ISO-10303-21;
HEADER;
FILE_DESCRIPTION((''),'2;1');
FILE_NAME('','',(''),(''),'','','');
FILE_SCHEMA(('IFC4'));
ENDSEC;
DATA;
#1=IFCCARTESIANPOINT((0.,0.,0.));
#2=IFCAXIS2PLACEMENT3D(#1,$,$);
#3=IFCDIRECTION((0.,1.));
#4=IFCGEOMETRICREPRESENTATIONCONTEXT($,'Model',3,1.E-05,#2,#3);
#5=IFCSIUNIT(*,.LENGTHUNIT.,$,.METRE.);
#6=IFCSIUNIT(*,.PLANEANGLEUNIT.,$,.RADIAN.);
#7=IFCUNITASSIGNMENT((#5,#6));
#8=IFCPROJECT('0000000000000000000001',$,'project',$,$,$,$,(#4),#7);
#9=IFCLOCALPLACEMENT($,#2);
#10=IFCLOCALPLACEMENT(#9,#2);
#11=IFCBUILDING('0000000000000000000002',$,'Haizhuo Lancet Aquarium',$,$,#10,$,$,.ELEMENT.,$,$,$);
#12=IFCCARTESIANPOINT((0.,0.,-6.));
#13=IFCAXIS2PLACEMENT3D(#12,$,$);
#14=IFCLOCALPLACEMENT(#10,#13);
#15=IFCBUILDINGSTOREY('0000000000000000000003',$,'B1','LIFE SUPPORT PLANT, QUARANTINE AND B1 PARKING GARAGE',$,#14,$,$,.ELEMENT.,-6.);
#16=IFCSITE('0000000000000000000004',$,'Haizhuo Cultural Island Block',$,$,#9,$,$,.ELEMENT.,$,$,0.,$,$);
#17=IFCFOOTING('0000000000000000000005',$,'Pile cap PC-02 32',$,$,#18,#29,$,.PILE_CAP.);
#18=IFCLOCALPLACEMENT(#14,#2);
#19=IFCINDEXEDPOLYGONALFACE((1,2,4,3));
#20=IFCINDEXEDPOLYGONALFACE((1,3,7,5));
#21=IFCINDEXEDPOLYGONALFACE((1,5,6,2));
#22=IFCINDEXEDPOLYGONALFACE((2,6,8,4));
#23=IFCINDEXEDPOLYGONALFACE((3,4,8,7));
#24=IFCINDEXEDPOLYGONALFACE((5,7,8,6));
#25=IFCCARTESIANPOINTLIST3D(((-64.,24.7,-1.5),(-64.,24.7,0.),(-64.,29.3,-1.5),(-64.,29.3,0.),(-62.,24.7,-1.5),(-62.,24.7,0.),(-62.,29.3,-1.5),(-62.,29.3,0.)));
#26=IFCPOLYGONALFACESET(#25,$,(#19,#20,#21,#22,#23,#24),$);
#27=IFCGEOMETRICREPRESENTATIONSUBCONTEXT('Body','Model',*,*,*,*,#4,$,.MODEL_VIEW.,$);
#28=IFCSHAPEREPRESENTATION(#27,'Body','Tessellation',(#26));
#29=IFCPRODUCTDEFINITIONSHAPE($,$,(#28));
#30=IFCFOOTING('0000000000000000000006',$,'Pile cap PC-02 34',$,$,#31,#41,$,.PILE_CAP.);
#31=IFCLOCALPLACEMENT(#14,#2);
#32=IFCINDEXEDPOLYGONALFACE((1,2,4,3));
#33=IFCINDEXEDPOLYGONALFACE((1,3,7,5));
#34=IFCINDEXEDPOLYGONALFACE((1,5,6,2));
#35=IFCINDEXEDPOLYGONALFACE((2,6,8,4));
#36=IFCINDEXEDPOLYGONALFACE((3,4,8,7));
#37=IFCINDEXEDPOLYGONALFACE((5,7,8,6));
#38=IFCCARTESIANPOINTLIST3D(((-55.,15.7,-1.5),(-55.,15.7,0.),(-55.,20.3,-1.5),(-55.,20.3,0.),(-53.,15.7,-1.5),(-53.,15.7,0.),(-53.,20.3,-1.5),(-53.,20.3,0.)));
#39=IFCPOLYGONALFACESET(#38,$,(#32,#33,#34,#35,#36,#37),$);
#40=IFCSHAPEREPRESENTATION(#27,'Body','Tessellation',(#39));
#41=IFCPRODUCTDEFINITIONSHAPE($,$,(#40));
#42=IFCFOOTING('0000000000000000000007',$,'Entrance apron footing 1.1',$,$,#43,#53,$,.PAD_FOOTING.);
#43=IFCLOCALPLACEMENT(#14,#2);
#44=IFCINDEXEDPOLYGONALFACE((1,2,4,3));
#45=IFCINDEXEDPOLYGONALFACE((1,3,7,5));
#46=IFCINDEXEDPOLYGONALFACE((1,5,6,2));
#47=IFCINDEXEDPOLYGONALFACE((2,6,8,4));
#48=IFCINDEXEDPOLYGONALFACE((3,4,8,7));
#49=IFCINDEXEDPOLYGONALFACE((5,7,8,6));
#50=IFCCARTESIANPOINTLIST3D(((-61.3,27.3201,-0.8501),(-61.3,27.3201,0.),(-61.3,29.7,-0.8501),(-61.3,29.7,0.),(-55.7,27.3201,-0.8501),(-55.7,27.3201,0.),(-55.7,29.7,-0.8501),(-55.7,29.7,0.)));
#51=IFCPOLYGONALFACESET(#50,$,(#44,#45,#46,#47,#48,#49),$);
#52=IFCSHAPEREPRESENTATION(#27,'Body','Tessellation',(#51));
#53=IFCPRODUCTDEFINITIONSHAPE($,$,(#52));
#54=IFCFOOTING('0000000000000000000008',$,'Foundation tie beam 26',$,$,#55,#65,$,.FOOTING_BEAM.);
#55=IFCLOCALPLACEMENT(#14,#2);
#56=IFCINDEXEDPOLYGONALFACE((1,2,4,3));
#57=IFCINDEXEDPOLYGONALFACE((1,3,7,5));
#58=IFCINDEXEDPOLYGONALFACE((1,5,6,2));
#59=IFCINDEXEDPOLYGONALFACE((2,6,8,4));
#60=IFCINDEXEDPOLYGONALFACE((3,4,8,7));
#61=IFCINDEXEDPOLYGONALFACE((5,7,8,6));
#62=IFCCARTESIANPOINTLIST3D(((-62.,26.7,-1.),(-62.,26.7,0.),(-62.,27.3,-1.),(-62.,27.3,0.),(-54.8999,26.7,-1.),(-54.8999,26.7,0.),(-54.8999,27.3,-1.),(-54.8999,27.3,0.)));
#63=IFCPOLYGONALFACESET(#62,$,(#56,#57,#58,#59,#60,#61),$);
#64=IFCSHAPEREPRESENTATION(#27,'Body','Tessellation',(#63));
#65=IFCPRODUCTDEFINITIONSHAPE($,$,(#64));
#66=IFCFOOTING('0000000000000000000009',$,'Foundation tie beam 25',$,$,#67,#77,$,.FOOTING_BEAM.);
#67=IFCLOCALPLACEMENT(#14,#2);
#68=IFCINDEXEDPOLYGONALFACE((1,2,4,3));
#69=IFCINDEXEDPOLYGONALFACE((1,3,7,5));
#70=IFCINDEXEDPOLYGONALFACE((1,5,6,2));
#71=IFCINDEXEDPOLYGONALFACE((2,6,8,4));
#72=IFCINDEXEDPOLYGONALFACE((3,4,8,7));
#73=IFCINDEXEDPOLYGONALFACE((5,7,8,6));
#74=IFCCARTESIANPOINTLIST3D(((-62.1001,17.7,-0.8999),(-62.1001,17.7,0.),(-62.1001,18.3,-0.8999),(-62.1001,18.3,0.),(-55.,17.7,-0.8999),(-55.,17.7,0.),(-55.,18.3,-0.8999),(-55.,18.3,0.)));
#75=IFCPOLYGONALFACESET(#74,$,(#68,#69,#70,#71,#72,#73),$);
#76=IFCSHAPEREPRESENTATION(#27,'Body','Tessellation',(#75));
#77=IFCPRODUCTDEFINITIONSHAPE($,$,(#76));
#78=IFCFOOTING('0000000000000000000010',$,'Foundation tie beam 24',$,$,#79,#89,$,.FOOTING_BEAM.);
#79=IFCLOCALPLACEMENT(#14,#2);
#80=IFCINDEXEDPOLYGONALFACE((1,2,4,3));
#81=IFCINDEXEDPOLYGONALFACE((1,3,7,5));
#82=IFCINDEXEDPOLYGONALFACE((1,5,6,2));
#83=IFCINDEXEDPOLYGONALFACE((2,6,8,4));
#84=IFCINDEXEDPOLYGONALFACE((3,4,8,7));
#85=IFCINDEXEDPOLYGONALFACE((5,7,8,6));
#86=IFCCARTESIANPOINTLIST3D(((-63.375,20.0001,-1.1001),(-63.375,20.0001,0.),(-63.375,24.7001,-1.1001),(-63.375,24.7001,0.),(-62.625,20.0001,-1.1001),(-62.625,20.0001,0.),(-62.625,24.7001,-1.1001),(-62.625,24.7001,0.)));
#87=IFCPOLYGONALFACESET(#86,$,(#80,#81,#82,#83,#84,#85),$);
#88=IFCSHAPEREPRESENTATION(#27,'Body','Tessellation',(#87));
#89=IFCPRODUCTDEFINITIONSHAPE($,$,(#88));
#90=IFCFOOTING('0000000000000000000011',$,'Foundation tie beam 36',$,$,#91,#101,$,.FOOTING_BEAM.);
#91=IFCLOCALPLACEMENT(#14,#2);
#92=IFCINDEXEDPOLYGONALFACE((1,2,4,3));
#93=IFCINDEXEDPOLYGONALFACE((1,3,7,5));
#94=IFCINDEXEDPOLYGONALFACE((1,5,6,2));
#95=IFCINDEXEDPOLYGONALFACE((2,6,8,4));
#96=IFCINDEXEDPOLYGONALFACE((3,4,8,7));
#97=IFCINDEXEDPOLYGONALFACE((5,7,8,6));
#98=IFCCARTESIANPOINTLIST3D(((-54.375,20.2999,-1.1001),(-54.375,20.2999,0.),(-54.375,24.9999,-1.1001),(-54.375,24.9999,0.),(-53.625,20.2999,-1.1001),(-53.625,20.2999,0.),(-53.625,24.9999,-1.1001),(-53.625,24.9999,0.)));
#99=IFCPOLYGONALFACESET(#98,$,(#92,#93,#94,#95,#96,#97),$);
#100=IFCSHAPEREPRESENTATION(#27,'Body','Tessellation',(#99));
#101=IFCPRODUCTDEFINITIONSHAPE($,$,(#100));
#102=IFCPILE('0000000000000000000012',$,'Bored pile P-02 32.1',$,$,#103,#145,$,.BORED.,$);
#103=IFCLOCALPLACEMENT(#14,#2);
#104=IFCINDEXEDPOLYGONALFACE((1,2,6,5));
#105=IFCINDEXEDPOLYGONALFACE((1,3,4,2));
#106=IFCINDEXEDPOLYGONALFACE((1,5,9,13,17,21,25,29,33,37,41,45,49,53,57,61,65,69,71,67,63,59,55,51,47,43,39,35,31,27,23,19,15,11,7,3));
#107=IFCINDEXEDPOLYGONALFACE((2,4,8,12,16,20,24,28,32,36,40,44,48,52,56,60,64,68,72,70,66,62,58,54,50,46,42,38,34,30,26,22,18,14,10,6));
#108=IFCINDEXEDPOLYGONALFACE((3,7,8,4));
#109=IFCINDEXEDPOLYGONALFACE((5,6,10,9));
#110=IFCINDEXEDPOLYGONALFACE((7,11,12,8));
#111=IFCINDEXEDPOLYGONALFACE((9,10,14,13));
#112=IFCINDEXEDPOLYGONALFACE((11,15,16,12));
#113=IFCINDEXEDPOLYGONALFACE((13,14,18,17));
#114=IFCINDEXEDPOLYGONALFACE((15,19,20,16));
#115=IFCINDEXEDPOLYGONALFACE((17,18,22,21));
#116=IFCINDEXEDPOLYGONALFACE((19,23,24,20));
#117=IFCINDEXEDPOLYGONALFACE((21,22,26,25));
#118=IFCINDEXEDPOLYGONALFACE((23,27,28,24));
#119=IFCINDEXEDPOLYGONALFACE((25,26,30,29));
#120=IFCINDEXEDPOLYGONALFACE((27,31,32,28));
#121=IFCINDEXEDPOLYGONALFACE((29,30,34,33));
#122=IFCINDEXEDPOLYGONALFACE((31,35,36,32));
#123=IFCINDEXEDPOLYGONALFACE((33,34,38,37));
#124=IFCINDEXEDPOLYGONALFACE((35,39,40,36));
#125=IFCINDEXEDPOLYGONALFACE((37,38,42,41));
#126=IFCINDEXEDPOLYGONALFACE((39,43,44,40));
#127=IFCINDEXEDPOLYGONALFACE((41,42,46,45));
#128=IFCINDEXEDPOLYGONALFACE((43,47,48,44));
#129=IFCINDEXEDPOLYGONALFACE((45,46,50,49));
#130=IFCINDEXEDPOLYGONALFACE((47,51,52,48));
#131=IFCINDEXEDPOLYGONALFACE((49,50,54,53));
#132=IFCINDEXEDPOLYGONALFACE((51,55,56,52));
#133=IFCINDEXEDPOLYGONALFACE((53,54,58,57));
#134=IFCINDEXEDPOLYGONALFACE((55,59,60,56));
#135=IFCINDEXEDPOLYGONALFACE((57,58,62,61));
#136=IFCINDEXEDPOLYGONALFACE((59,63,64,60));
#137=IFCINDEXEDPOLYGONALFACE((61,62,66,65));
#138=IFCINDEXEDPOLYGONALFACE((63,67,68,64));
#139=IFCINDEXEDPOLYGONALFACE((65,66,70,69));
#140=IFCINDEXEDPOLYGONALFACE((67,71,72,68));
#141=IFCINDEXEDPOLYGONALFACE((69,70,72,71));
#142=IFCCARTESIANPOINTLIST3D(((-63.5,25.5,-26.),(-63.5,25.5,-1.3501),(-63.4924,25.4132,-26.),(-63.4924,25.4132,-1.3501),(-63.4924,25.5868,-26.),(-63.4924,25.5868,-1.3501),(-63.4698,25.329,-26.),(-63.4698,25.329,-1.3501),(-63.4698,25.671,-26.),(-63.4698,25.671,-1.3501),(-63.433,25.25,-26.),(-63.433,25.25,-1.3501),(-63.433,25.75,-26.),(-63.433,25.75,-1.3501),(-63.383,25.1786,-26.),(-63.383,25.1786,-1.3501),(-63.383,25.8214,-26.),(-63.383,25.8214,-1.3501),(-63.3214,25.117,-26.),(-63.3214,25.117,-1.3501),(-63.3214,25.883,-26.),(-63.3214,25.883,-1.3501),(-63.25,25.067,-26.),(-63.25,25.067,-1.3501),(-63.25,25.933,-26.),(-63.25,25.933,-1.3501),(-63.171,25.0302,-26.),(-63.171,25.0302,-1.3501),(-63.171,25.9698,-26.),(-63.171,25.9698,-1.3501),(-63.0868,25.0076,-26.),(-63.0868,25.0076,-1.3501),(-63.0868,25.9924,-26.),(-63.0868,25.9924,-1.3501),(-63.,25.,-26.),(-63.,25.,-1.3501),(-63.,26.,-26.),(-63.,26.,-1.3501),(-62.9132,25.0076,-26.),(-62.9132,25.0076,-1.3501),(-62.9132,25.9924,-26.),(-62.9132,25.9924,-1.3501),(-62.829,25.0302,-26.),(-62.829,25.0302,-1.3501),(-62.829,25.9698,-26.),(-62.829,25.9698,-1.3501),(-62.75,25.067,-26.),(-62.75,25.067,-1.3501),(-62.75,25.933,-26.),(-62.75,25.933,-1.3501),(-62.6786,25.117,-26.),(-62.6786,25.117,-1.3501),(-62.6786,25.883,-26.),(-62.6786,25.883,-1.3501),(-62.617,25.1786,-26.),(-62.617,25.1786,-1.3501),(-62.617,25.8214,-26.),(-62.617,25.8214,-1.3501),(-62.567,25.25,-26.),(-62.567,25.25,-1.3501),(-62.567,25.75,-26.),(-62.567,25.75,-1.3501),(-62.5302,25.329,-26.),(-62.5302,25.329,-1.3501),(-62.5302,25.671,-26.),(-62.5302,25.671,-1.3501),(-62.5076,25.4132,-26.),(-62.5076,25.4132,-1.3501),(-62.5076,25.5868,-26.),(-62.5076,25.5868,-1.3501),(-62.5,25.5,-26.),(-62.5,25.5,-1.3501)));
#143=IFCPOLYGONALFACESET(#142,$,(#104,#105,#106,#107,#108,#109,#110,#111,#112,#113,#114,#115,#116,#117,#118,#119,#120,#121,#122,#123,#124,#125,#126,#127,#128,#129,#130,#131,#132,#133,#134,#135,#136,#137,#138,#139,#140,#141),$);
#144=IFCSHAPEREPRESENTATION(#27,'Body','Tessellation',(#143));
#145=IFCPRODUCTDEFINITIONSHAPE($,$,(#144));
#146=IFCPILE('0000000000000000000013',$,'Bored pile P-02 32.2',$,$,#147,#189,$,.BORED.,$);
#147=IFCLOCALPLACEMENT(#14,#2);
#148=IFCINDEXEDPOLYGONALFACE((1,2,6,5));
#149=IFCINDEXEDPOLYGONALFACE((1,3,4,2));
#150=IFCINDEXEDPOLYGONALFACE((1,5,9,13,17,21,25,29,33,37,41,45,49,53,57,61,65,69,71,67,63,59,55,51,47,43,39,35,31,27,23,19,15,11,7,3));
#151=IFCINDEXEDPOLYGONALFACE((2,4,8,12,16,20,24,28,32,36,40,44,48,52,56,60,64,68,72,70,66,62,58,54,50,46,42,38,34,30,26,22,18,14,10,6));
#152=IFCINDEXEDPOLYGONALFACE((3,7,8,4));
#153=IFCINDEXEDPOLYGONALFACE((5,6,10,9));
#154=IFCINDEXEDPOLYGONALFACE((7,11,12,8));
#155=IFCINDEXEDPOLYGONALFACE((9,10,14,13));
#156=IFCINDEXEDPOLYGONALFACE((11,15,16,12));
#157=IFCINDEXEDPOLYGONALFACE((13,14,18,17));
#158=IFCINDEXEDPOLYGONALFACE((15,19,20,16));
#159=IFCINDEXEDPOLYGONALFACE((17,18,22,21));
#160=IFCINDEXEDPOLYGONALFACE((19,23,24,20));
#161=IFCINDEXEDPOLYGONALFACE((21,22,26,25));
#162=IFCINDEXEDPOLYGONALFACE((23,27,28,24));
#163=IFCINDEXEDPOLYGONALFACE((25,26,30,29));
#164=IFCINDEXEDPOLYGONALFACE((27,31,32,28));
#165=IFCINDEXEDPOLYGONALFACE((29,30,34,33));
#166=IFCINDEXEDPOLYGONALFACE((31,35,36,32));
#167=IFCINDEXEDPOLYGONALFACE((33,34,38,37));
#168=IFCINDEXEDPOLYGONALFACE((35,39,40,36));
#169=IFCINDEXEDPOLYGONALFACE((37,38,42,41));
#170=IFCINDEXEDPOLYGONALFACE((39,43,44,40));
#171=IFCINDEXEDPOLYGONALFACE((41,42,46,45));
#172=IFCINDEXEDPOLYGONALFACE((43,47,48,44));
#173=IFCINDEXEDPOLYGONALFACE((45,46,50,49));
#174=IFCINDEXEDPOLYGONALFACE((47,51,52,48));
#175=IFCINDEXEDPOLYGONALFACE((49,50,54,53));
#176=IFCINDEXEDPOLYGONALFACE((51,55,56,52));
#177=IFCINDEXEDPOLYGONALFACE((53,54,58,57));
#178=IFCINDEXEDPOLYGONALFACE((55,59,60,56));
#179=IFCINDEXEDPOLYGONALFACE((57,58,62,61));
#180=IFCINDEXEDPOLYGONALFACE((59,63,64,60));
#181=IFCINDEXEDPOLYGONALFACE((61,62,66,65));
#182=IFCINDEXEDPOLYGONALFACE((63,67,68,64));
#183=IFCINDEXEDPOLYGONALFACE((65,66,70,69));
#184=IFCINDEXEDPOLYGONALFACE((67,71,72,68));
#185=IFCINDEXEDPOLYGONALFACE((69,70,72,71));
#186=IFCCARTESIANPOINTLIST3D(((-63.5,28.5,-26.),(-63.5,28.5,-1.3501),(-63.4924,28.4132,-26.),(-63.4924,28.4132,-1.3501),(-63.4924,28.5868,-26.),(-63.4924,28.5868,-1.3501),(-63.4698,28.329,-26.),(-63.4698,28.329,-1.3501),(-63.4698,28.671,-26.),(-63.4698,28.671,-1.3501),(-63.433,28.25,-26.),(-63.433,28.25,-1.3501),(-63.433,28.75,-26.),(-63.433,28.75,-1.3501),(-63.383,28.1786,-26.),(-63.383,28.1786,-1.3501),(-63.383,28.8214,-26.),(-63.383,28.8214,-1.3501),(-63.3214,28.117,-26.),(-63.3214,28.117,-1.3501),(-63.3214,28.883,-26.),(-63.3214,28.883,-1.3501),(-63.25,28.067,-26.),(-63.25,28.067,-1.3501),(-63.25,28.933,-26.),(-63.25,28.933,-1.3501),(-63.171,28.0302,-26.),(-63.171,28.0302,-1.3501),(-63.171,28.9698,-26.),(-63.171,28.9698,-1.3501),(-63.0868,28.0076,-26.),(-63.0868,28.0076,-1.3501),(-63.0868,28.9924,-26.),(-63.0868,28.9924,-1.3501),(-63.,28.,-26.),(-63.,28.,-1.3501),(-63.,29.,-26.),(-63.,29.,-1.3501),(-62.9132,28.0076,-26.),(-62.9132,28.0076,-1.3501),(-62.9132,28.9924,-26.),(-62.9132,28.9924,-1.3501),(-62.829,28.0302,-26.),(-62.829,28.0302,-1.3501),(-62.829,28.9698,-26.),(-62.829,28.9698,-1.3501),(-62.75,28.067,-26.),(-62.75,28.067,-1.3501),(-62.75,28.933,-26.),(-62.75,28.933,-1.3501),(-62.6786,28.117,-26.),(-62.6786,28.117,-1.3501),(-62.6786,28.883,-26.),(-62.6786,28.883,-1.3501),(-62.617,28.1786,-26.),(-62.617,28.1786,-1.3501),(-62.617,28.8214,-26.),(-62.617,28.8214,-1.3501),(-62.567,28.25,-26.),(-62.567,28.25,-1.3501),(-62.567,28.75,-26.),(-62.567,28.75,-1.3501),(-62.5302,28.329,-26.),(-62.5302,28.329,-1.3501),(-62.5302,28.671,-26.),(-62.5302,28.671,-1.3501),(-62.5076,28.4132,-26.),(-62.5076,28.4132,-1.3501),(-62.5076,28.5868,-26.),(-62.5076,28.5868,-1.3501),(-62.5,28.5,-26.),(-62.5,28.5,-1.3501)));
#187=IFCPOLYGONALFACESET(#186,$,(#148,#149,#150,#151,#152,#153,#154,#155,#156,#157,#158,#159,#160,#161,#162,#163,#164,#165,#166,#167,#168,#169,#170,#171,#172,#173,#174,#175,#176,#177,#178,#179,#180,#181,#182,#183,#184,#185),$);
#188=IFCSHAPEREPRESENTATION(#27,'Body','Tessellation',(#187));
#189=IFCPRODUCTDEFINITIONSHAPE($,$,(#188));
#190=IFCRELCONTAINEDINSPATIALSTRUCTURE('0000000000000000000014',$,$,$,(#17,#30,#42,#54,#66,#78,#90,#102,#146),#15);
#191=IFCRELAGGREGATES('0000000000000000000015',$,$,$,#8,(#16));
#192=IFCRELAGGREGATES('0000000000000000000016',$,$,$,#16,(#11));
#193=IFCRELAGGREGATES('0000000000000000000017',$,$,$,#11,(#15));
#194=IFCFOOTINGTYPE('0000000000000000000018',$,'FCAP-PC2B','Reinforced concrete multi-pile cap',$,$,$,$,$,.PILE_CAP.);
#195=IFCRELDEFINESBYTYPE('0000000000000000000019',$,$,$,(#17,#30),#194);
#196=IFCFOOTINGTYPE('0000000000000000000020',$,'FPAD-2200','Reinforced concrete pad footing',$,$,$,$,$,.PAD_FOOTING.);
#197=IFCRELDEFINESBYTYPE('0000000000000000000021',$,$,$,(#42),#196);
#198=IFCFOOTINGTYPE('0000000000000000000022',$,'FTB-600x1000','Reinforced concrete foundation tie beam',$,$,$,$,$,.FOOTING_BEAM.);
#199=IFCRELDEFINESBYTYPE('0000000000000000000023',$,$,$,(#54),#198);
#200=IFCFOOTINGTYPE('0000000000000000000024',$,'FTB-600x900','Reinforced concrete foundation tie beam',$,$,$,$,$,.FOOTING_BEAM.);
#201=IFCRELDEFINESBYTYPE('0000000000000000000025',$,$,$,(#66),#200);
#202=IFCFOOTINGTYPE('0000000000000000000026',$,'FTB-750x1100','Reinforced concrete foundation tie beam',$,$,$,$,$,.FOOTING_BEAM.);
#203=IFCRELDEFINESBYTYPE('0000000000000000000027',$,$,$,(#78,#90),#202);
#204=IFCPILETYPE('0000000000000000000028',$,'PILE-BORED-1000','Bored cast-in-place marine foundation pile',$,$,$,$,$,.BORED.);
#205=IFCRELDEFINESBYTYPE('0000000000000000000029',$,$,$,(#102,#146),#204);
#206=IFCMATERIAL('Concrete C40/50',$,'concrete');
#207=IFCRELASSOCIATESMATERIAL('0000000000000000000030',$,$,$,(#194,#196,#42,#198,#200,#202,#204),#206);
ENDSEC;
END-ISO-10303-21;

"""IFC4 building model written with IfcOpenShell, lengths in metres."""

from ifc_helpers import new_model, si_unit, direction, frame, origin, origin_2d, place, context, subcontext, project, spatial, rectangle, circle, extrude, material, material_profile, profile_set, type_object, element, save


model = new_model("IFC4")

# Units and contexts
model_context = context("Model", 3, precision=1e-05, world=origin(), true_north=direction((0.0, 1.0)))
body_context = subcontext(model_context, "Body", "Model", "MODEL_VIEW")
ifc_project = project(units=[si_unit("LENGTHUNIT", "METRE"), si_unit("PLANEANGLEUNIT", "RADIAN")], contexts=[model_context])

# Site, building, storey
site_placement = place(None, origin())
site = spatial("IfcSite", under=ifc_project, at=site_placement, Name="Haizhuo Cultural Island Block", CompositionType="ELEMENT", RefElevation=0.0)
building_placement = place(site_placement, origin())
building = spatial("IfcBuilding", under=site, at=building_placement, Name="Haizhuo Lancet Aquarium", CompositionType="ELEMENT")
storey_placement = place(building_placement, frame((0.0, 0.0, -6.0)))
storey = spatial("IfcBuildingStorey", under=building, at=storey_placement, Name="B1", Description="LIFE SUPPORT PLANT, QUARANTINE AND B1 PARKING GARAGE", CompositionType="ELEMENT", Elevation=-6.0)

# Footings
ifc_material_1 = material(Name="Concrete C40/50", Category="concrete")
footing_type_1 = type_object("IfcFootingType", Name="FCAP-PC2B", Description="Reinforced concrete multi-pile cap", PredefinedType="PILE_CAP", material=ifc_material_1)
for number, where, z_axis, x_axis, name in (
    (1, (-63.0, 27.0, -1.5), (0.0, 0.0, 1.0), (1.0, 0.0, 0.0), "Pile cap PC-02 32"),
    (2, (-54.0, 18.0, -1.5), (0.0, 0.0, 1.0), (1.0, 0.0, 0.0), "Pile cap PC-02 34"),
):
    element("IfcFooting", number, at=place(storey_placement, frame(where, z_axis=z_axis, x_axis=x_axis)), inside=storey, type_object=footing_type_1, Name=name, PredefinedType="PILE_CAP", context=body_context, shape_type="SweptSolid", body=[
        extrude(rectangle(XDim=2.0, YDim=4.6001, at=origin_2d()), origin(), (0.0, 0.0, 1.0), 1.5),
    ])
footing_type_2 = type_object("IfcFootingType", Name="FPAD-2200", Description="Reinforced concrete pad footing", PredefinedType="PAD_FOOTING", material=ifc_material_1)
footing_1_placement = place(storey_placement, frame((-58.5, 28.51, -0.8501), z_axis=(0.0, 0.0, 1.0), x_axis=(1.0, 0.0, 0.0)))
element("IfcFooting", 3, at=footing_1_placement, inside=storey, type_object=footing_type_2, material=ifc_material_1, Name="Entrance apron footing 1.1", PredefinedType="PAD_FOOTING", context=body_context, shape_type="SweptSolid", body=[
    extrude(rectangle(XDim=5.6001, YDim=2.3799, at=origin_2d()), origin(), (0.0, 0.0, 1.0), 0.8501),
])
footing_type_3 = type_object("IfcFootingType", Name="FTB-600x1000", Description="Reinforced concrete foundation tie beam", PredefinedType="FOOTING_BEAM", material=ifc_material_1)
footing_2_placement = place(storey_placement, frame((-58.45, 27.0, -1.0), z_axis=(0.0, 0.0, 1.0), x_axis=(1.0, 0.0, 0.0)))
element("IfcFooting", 4, at=footing_2_placement, inside=storey, type_object=footing_type_3, Name="Foundation tie beam 26", PredefinedType="FOOTING_BEAM", context=body_context, shape_type="SweptSolid", body=[
    extrude(rectangle(XDim=7.1001, YDim=0.6001, at=origin_2d()), origin(), (0.0, 0.0, 1.0), 1.0),
])
footing_type_4 = type_object("IfcFootingType", Name="FTB-600x900", Description="Reinforced concrete foundation tie beam", PredefinedType="FOOTING_BEAM", material=ifc_material_1)
footing_3_placement = place(storey_placement, frame((-58.55, 18.0, -0.8999), z_axis=(0.0, 0.0, 1.0), x_axis=(1.0, 0.0, 0.0)))
element("IfcFooting", 5, at=footing_3_placement, inside=storey, type_object=footing_type_4, Name="Foundation tie beam 25", PredefinedType="FOOTING_BEAM", context=body_context, shape_type="SweptSolid", body=[
    extrude(rectangle(XDim=7.1001, YDim=0.6001, at=origin_2d()), origin(), (0.0, 0.0, 1.0), 0.8999),
])
footing_type_5 = type_object("IfcFootingType", Name="FTB-750x1100", Description="Reinforced concrete foundation tie beam", PredefinedType="FOOTING_BEAM", material=ifc_material_1)
for number, where, z_axis, x_axis, name in (
    (6, (-63.0, 22.3501, -1.1001), (0.0, 0.0, 1.0), (0.0, 1.0, 0.0), "Foundation tie beam 24"),
    (7, (-54.0, 22.6499, -1.1001), (0.0, 0.0, 1.0), (0.0, 1.0, 0.0), "Foundation tie beam 36"),
):
    element("IfcFooting", number, at=place(storey_placement, frame(where, z_axis=z_axis, x_axis=x_axis)), inside=storey, type_object=footing_type_5, Name=name, PredefinedType="FOOTING_BEAM", context=body_context, shape_type="SweptSolid", body=[
        extrude(rectangle(XDim=4.7, YDim=0.75, at=origin_2d()), origin(), (0.0, 0.0, 1.0), 1.1001),
    ])

# Piles
ifc_material_profile_1 = material_profile(ifc_material_1, circle(Radius=0.5, at=origin_2d()), Name="PILE-1000")
ifc_profile_set_1 = profile_set([ifc_material_profile_1], Name="Concrete C40/50")
pile_type_1 = type_object("IfcPileType", Name="PILE-BORED-1000", Description="Bored cast-in-place marine foundation pile", PredefinedType="BORED", material=ifc_profile_set_1)
for number, where, z_axis, x_axis, name in (
    (8, (-63.0, 25.5, -1.3501), (0.0, 0.0, -1.0), (1.0, 0.0, 0.0), "Bored pile P-02 32.1"),
    (9, (-63.0, 28.5, -1.3501), (0.0, 0.0, -1.0), (1.0, 0.0, 0.0), "Bored pile P-02 32.2"),
):
    element("IfcPile", number, at=place(storey_placement, frame(where, z_axis=z_axis, x_axis=x_axis)), inside=storey, type_object=pile_type_1, Name=name, PredefinedType="BORED", context=body_context, shape_type="SweptSolid", body=[
        extrude(circle(Radius=0.5, at=origin_2d()), origin(), (0.0, 0.0, 1.0), 24.6499),
    ])

save(model, "model.ifc")
